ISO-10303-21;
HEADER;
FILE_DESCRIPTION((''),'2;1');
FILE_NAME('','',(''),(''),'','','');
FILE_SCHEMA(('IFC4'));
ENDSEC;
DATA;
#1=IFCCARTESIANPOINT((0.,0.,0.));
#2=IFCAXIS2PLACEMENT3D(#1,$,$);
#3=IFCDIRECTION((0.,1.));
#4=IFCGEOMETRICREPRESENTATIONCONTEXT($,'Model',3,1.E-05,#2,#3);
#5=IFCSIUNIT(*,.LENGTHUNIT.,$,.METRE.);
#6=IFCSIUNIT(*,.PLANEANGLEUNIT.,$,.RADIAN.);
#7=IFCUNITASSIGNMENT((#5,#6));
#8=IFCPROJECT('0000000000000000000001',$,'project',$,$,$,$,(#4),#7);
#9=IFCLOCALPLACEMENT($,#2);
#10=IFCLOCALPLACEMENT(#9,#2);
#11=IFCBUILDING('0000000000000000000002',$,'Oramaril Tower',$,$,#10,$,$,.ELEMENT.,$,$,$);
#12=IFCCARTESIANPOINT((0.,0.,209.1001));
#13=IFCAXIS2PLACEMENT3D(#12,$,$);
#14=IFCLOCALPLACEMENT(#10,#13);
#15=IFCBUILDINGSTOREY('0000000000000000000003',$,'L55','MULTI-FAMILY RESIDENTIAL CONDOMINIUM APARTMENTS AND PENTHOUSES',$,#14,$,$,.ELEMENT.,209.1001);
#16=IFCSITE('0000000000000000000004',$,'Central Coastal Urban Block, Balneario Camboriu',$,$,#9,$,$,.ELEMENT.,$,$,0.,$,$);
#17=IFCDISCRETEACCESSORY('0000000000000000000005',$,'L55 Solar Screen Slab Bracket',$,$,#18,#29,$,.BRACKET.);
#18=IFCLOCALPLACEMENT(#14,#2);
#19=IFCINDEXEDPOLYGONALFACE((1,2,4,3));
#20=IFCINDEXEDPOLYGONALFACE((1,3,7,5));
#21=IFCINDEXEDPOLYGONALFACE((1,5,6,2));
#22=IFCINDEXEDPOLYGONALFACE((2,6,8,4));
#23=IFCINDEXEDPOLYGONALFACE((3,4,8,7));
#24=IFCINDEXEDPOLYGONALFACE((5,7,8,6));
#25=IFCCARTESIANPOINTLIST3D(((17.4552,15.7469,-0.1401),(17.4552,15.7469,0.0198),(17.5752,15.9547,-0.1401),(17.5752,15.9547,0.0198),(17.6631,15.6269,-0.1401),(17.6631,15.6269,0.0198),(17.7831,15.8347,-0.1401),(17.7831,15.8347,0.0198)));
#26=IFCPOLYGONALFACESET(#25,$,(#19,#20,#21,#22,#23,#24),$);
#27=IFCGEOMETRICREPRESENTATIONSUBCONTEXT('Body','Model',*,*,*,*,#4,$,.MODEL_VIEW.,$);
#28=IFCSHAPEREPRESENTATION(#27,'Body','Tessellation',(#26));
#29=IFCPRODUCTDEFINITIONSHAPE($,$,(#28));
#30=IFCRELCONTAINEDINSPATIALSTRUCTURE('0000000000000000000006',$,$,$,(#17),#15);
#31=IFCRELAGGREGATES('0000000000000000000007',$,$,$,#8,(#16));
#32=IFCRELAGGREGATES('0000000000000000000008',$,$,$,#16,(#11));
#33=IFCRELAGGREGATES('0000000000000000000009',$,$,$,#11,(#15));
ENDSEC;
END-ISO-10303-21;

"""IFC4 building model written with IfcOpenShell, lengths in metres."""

from ifc_helpers import new_model, si_unit, direction, frame, origin, origin_2d, place, context, subcontext, project, spatial, rectangle, extrude, element, save


model = new_model("IFC4")

# Units and contexts
model_context = context("Model", 3, precision=1e-05, world=origin(), true_north=direction((0.0, 1.0)))
body_context = subcontext(model_context, "Body", "Model", "MODEL_VIEW")
ifc_project = project(units=[si_unit("LENGTHUNIT", "METRE"), si_unit("PLANEANGLEUNIT", "RADIAN")], contexts=[model_context])

# Site, building, storey
site_placement = place(None, origin())
site = spatial("IfcSite", under=ifc_project, at=site_placement, Name="Central Coastal Urban Block, Balneario Camboriu", CompositionType="ELEMENT", RefElevation=0.0)
building_placement = place(site_placement, origin())
building = spatial("IfcBuilding", under=site, at=building_placement, Name="Oramaril Tower", CompositionType="ELEMENT")
storey_placement = place(building_placement, frame((0.0, 0.0, 209.1001)))
storey = spatial("IfcBuildingStorey", under=building, at=storey_placement, Name="L55", Description="MULTI-FAMILY RESIDENTIAL CONDOMINIUM APARTMENTS AND PENTHOUSES", CompositionType="ELEMENT", Elevation=209.1001)

# Discrete accessory
discrete_accessory_placement = place(storey_placement, frame((17.6191, 15.7908, -0.1401), z_axis=(0.0, 0.0, 1.0), x_axis=(-0.500002, -0.866025, 0.0)))
element("IfcDiscreteAccessory", 1, at=discrete_accessory_placement, inside=storey, Name="L55 Solar Screen Slab Bracket", PredefinedType="BRACKET", context=body_context, shape_type="SweptSolid", body=[
    extrude(rectangle(XDim=0.24, YDim=0.24, at=origin_2d()), origin(), (0.0, 0.0, 1.0), 0.1599),
])

save(model, "model.ifc")
